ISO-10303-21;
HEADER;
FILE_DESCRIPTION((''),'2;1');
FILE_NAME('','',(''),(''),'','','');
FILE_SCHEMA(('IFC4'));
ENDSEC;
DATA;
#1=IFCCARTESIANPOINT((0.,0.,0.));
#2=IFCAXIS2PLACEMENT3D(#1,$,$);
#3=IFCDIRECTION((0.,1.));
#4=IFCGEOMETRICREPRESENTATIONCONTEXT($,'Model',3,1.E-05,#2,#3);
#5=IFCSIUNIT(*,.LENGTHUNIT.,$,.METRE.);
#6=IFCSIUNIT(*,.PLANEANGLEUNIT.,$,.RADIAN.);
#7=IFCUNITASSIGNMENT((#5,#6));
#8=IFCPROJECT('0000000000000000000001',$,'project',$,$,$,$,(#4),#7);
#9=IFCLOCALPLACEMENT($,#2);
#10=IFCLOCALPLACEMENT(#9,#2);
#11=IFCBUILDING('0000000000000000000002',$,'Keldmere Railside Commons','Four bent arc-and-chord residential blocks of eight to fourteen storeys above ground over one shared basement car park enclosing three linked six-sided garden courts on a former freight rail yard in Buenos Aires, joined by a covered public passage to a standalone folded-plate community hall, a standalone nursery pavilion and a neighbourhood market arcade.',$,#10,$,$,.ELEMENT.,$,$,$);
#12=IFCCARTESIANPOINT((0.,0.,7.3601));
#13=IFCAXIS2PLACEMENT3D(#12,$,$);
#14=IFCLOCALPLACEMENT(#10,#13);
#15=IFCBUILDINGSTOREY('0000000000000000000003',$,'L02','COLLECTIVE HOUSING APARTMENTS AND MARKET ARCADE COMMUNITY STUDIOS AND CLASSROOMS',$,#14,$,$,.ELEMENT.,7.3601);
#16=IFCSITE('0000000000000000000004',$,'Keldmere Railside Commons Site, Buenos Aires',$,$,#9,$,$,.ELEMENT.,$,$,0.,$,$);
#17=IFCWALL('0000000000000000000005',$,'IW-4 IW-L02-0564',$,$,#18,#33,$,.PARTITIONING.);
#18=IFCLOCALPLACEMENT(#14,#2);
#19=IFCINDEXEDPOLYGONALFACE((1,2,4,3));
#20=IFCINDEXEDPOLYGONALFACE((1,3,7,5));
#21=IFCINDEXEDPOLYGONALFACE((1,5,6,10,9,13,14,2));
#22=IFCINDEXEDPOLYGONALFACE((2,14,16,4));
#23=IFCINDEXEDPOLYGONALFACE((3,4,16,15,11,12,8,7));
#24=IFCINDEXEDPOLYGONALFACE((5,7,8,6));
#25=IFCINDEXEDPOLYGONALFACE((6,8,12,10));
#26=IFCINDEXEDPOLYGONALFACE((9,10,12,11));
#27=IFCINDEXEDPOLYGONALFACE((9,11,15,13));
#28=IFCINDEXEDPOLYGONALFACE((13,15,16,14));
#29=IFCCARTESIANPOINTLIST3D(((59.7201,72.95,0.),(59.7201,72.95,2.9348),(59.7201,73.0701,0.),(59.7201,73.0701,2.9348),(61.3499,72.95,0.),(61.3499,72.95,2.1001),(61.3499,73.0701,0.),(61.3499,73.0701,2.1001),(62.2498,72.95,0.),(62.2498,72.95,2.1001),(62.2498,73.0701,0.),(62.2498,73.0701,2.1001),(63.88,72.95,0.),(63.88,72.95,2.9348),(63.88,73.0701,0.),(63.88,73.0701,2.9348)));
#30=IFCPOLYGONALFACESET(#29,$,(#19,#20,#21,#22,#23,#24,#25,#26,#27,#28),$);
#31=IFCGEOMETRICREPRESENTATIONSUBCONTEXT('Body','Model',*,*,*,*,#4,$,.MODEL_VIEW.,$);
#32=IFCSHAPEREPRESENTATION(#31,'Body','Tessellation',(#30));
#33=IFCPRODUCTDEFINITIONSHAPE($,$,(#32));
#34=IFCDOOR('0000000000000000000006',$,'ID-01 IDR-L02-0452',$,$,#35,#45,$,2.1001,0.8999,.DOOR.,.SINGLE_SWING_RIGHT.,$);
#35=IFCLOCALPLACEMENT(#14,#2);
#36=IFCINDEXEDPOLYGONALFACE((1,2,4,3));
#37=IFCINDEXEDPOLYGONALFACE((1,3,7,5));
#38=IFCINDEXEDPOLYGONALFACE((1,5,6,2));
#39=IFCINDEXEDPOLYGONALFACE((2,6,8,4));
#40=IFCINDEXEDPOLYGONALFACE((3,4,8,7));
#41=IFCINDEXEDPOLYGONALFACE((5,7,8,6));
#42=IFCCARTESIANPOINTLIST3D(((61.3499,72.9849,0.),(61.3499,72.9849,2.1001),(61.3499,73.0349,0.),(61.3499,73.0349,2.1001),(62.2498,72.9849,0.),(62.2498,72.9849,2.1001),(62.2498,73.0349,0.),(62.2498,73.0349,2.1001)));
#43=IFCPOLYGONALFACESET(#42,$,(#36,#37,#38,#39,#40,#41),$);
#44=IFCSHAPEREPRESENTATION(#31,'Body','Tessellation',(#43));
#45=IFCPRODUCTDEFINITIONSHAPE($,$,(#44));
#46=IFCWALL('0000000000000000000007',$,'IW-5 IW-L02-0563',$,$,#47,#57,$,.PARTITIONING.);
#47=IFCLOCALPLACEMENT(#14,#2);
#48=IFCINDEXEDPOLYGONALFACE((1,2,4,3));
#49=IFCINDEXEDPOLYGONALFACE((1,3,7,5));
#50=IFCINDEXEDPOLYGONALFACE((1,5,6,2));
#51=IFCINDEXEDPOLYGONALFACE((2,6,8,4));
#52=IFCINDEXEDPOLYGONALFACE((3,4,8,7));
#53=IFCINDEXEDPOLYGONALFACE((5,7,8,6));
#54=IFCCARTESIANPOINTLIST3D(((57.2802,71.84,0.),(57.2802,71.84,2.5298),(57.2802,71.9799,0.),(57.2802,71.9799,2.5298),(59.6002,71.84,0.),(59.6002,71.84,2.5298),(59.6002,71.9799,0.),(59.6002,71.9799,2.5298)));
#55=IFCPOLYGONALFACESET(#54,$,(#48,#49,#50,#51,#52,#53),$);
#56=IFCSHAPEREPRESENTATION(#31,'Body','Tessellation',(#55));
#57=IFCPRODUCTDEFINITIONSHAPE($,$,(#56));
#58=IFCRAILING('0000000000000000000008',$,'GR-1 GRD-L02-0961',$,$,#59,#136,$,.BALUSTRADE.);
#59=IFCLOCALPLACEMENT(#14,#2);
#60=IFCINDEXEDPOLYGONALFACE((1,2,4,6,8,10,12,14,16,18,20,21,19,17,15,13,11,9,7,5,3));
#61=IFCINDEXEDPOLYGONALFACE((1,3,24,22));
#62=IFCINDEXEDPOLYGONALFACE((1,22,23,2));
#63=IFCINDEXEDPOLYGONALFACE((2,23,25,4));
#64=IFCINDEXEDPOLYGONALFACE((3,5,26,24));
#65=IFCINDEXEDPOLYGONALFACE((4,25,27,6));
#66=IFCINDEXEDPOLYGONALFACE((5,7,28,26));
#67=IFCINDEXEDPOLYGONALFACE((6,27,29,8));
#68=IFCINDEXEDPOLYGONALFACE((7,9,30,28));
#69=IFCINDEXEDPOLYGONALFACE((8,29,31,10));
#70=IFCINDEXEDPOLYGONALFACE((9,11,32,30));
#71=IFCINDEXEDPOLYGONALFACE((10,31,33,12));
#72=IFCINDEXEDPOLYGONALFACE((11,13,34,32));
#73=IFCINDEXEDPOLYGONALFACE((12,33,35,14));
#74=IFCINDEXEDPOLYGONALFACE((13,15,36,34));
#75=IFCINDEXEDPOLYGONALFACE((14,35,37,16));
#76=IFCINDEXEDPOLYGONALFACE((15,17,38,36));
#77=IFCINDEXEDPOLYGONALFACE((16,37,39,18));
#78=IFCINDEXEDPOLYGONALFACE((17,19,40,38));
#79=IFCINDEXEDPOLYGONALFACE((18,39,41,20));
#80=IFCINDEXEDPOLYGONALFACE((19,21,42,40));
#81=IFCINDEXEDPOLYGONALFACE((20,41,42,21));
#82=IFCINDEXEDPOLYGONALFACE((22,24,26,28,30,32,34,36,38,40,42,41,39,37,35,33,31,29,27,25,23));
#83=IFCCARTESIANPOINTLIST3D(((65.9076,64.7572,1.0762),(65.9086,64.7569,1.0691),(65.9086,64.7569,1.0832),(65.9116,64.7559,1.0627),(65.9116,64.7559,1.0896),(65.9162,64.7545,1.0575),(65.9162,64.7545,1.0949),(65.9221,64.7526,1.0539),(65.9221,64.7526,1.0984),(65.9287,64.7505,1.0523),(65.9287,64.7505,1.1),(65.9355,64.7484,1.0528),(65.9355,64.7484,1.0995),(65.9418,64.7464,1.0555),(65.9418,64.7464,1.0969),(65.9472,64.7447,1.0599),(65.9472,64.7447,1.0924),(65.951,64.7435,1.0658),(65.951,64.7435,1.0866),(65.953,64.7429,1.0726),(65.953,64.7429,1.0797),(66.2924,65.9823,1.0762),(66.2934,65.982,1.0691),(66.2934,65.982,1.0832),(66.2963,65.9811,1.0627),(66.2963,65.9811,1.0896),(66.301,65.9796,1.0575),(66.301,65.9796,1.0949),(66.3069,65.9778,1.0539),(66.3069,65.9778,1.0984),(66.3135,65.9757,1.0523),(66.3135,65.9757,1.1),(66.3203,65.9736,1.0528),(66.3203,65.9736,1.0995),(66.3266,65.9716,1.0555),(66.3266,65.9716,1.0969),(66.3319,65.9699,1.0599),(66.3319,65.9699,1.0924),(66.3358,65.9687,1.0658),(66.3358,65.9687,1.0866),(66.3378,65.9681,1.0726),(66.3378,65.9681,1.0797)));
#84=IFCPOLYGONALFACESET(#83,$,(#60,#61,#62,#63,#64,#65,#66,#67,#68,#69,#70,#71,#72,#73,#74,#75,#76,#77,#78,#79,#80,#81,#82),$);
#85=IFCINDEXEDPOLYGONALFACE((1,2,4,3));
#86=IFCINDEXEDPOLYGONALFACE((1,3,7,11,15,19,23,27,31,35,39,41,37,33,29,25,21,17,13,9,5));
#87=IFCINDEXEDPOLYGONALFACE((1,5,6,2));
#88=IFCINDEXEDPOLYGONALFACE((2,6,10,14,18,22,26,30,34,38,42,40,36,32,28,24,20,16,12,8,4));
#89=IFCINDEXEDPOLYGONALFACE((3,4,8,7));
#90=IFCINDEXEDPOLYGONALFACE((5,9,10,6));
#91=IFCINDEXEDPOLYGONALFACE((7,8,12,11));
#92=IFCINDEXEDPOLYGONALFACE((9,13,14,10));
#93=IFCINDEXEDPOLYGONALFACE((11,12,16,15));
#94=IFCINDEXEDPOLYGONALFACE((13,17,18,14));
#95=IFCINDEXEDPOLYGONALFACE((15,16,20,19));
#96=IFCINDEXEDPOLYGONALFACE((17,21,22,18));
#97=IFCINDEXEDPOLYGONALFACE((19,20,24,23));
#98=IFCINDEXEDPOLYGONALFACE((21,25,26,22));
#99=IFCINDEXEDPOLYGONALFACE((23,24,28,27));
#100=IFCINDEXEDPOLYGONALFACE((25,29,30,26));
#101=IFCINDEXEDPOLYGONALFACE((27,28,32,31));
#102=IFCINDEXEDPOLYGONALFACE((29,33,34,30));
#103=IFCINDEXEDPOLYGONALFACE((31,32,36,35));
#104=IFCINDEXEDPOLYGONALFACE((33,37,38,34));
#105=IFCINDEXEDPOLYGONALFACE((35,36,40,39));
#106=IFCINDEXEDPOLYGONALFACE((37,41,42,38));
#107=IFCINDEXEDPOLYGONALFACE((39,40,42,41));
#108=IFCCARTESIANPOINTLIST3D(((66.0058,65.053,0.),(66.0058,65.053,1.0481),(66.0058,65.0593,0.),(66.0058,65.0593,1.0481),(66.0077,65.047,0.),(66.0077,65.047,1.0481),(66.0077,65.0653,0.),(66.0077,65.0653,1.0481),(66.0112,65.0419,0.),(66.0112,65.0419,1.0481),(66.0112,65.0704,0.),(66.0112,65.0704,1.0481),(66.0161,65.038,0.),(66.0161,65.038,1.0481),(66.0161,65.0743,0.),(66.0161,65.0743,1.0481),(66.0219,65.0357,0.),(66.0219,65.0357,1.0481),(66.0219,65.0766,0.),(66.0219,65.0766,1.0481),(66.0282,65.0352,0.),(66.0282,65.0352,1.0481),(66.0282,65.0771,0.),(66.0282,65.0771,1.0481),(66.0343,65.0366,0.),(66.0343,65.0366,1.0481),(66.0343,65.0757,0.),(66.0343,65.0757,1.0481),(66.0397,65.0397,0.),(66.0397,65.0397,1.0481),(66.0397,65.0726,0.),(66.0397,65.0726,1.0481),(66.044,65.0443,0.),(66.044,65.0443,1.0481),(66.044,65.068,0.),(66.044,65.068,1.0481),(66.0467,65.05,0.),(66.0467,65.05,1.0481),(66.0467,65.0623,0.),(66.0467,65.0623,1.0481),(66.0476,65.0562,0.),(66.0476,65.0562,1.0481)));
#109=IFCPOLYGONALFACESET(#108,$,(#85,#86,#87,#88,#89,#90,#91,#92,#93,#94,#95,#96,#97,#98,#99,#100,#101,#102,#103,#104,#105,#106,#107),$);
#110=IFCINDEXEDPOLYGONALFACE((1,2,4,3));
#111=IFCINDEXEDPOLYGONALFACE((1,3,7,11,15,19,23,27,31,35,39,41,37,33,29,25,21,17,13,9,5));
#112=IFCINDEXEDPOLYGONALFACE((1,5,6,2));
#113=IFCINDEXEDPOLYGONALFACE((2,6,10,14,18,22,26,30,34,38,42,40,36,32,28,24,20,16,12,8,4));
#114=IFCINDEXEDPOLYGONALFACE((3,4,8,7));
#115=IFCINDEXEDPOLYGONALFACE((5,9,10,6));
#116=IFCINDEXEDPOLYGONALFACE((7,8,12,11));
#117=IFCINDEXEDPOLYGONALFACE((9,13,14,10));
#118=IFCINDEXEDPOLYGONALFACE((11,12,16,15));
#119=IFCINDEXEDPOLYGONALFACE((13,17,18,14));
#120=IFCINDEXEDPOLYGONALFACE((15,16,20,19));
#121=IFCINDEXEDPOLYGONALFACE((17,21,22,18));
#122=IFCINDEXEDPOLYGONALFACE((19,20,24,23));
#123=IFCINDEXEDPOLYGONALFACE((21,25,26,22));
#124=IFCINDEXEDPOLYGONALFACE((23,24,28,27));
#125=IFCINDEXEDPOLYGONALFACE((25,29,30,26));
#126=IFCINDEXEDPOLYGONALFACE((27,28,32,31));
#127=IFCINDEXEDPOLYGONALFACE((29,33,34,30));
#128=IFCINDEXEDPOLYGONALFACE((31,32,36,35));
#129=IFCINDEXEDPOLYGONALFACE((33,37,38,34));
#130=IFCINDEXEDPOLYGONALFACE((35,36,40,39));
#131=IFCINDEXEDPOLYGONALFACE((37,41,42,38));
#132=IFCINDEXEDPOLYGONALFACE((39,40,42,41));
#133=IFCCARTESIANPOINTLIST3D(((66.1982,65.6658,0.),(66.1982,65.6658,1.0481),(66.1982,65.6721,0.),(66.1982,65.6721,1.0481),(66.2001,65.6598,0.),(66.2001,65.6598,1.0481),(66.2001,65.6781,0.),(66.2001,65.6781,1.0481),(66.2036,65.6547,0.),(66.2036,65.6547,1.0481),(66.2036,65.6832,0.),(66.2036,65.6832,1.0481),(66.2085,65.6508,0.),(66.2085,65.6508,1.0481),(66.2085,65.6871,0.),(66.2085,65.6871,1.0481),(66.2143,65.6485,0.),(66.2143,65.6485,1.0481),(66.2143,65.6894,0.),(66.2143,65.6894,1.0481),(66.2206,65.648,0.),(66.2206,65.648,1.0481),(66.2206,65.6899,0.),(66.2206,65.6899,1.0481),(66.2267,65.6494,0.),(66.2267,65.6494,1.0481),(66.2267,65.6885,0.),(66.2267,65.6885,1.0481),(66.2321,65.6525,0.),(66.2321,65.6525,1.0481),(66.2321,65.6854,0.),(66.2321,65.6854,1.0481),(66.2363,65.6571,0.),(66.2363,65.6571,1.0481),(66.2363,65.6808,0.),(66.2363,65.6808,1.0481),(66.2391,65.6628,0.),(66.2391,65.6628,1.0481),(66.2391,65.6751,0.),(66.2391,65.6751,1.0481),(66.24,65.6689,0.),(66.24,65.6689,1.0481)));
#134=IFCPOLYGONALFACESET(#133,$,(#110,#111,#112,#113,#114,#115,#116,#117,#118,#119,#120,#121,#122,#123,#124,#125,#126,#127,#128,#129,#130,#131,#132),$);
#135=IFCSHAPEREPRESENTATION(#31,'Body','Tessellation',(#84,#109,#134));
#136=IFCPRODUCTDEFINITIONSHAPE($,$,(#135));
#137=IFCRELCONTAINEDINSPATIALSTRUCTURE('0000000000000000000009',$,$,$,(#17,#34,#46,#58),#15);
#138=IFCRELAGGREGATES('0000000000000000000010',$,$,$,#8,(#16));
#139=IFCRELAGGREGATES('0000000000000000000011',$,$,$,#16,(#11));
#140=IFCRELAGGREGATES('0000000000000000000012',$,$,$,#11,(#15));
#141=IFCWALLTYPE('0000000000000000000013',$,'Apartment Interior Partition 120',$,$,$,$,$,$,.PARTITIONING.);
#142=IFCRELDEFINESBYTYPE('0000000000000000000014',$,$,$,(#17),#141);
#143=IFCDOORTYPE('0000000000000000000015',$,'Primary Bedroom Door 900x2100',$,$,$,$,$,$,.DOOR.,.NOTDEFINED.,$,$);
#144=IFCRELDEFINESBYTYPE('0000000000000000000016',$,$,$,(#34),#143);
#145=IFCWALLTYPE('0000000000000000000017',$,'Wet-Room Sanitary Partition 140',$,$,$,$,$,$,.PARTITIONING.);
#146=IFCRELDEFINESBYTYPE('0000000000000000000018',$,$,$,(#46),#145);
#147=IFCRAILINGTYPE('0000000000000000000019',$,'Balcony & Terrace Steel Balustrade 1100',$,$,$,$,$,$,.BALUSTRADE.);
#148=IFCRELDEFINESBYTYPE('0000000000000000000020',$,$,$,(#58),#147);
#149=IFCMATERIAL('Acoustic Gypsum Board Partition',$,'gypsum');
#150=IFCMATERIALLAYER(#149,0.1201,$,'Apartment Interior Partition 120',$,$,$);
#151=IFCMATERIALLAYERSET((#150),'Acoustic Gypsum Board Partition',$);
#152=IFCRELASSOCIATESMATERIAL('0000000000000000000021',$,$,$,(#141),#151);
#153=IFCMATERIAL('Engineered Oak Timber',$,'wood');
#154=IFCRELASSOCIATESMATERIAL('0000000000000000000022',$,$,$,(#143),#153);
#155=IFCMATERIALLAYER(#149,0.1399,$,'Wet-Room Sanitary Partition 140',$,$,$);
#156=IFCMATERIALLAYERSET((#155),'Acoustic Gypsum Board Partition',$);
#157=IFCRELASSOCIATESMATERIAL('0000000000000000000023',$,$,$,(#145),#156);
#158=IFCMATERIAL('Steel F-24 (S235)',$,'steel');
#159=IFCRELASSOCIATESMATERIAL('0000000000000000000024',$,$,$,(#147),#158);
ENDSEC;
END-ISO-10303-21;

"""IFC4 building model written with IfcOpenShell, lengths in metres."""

from ifc_helpers import new_model, si_unit, direction, frame, frame_2d, origin, origin_2d, place, context, subcontext, project, spatial, rectangle, circle, extrude, material, layer, layer_set, type_object, element, fill, save


model = new_model("IFC4")

# Units and contexts
model_context = context("Model", 3, precision=1e-05, world=origin(), true_north=direction((0.0, 1.0)))
body_context = subcontext(model_context, "Body", "Model", "MODEL_VIEW")
ifc_project = project(units=[si_unit("LENGTHUNIT", "METRE"), si_unit("PLANEANGLEUNIT", "RADIAN")], contexts=[model_context])

# Site, building, storey
site_placement = place(None, origin())
site = spatial("IfcSite", under=ifc_project, at=site_placement, Name="Keldmere Railside Commons Site, Buenos Aires", CompositionType="ELEMENT", RefElevation=0.0)
building_placement = place(site_placement, origin())
building = spatial("IfcBuilding", under=site, at=building_placement, Name="Keldmere Railside Commons", Description="Four bent arc-and-chord residential blocks of eight to fourteen storeys above ground over one shared basement car park enclosing three linked six-sided garden courts on a former freight rail yard in Buenos Aires, joined by a covered public passage to a standalone folded-plate community hall, a standalone nursery pavilion and a neighbourhood market arcade.", CompositionType="ELEMENT")
storey_placement = place(building_placement, frame((0.0, 0.0, 7.3601)))
storey = spatial("IfcBuildingStorey", under=building, at=storey_placement, Name="L02", Description="COLLECTIVE HOUSING APARTMENTS AND MARKET ARCADE COMMUNITY STUDIOS AND CLASSROOMS", CompositionType="ELEMENT", Elevation=7.3601)

# Shared definitions
ifc_material_1 = material(Name="Acoustic Gypsum Board Partition", Category="gypsum")

# Shared definitions
ifc_layer_1 = layer(ifc_material_1, 0.1201, Name="Apartment Interior Partition 120")
ifc_layer_set_1 = layer_set([ifc_layer_1], Name="Acoustic Gypsum Board Partition")
wall_type_1 = type_object("IfcWallType", Name="Apartment Interior Partition 120", PredefinedType="PARTITIONING", material=ifc_layer_set_1)
ifc_material_2 = material(Name="Engineered Oak Timber", Category="wood")

# Wall, opening, door
wall_1_placement = place(storey_placement, frame((59.72, 73.01, 0.0), z_axis=(0.0, 0.0, 1.0), x_axis=(1.0, 0.0, 0.0)))
wall_1 = element("IfcWall", 1, at=wall_1_placement, inside=storey, type_object=wall_type_1, Name="IW-4 IW-L02-0564", PredefinedType="PARTITIONING", context=body_context, shape_type="SweptSolid", body=[
    extrude(rectangle(XDim=4.1599, YDim=0.1201, at=frame_2d((2.0801, 0.0))), origin(), (0.0, 0.0, 1.0), 2.9348),
])
opening_1_placement = place(wall_1_placement, frame((1.6299, 0.0, 0.0)))
opening_1 = element("IfcOpeningElement", 2, at=opening_1_placement, cuts=wall_1, PredefinedType="OPENING", context=body_context, shape_type="SweptSolid", body=[
    extrude(rectangle(XDim=0.8999, YDim=2.1001, at=frame_2d((0.45, 1.05))), frame((0.0, 0.0701, 0.0), z_axis=(0.0, -1.0, 0.0), x_axis=(1.0, 0.0, 0.0)), (0.0, 0.0, 1.0), 0.1401),
])
door_type_1 = type_object("IfcDoorType", Name="Primary Bedroom Door 900x2100", OperationType="NOTDEFINED", PredefinedType="DOOR", material=ifc_material_2)
door_1_placement = place(opening_1_placement, origin())
door_1 = element("IfcDoor", 3, at=door_1_placement, inside=storey, type_object=door_type_1, Name="ID-01 IDR-L02-0452", OperationType="SINGLE_SWING_RIGHT", OverallHeight=2.1001, OverallWidth=0.8999, PredefinedType="DOOR", context=body_context, shape_type="SweptSolid", body=[
    extrude(rectangle(XDim=0.8999, YDim=2.1001, at=frame_2d((0.45, 1.05))), frame((0.0, 0.0249, 0.0), z_axis=(0.0, -1.0, 0.0), x_axis=(1.0, 0.0, 0.0)), (0.0, 0.0, 1.0), 0.05),
])
fill(opening_1, door_1)

# Wall
ifc_layer_2 = layer(ifc_material_1, 0.1399, Name="Wet-Room Sanitary Partition 140")
ifc_layer_set_2 = layer_set([ifc_layer_2], Name="Acoustic Gypsum Board Partition")
wall_type_2 = type_object("IfcWallType", Name="Wet-Room Sanitary Partition 140", PredefinedType="PARTITIONING", material=ifc_layer_set_2)
wall_2_placement = place(storey_placement, frame((57.28, 71.9099, 0.0), z_axis=(0.0, 0.0, 1.0), x_axis=(1.0, 0.0, 0.0)))
element("IfcWall", 4, at=wall_2_placement, inside=storey, type_object=wall_type_2, Name="IW-5 IW-L02-0563", PredefinedType="PARTITIONING", context=body_context, shape_type="SweptSolid", body=[
    extrude(rectangle(XDim=2.3201, YDim=0.1399, at=frame_2d((1.1602, 0.0))), origin(), (0.0, 0.0, 1.0), 2.5298),
])

# Railing
ifc_material_3 = material(Name="Steel F-24 (S235)", Category="steel")
railing_type = type_object("IfcRailingType", Name="Balcony & Terrace Steel Balustrade 1100", PredefinedType="BALUSTRADE", material=ifc_material_3)
railing_1_placement = place(storey_placement, frame((65.9304, 64.75, 0.0)))
element("IfcRailing", 5, at=railing_1_placement, inside=storey, type_object=railing_type, Name="GR-1 GRD-L02-0961", PredefinedType="BALUSTRADE", context=body_context, shape_type="SweptSolid", body=[
    extrude(circle(Radius=0.0239, at=origin_2d()), frame((0.0, 0.0, 1.0762), z_axis=(0.299639, 0.954053, 0.0), x_axis=(-0.954053, 0.299639, 0.0)), (0.0, 0.0, 1.0), 1.2842),
    extrude(circle(Radius=0.021, at=origin_2d()), frame((0.0962, 0.3062, 0.0)), (0.0, 0.0, 1.0), 1.0481),
    extrude(circle(Radius=0.021, at=origin_2d()), frame((0.2886, 0.9189, 0.0)), (0.0, 0.0, 1.0), 1.0481),
])

save(model, "model.ifc")
